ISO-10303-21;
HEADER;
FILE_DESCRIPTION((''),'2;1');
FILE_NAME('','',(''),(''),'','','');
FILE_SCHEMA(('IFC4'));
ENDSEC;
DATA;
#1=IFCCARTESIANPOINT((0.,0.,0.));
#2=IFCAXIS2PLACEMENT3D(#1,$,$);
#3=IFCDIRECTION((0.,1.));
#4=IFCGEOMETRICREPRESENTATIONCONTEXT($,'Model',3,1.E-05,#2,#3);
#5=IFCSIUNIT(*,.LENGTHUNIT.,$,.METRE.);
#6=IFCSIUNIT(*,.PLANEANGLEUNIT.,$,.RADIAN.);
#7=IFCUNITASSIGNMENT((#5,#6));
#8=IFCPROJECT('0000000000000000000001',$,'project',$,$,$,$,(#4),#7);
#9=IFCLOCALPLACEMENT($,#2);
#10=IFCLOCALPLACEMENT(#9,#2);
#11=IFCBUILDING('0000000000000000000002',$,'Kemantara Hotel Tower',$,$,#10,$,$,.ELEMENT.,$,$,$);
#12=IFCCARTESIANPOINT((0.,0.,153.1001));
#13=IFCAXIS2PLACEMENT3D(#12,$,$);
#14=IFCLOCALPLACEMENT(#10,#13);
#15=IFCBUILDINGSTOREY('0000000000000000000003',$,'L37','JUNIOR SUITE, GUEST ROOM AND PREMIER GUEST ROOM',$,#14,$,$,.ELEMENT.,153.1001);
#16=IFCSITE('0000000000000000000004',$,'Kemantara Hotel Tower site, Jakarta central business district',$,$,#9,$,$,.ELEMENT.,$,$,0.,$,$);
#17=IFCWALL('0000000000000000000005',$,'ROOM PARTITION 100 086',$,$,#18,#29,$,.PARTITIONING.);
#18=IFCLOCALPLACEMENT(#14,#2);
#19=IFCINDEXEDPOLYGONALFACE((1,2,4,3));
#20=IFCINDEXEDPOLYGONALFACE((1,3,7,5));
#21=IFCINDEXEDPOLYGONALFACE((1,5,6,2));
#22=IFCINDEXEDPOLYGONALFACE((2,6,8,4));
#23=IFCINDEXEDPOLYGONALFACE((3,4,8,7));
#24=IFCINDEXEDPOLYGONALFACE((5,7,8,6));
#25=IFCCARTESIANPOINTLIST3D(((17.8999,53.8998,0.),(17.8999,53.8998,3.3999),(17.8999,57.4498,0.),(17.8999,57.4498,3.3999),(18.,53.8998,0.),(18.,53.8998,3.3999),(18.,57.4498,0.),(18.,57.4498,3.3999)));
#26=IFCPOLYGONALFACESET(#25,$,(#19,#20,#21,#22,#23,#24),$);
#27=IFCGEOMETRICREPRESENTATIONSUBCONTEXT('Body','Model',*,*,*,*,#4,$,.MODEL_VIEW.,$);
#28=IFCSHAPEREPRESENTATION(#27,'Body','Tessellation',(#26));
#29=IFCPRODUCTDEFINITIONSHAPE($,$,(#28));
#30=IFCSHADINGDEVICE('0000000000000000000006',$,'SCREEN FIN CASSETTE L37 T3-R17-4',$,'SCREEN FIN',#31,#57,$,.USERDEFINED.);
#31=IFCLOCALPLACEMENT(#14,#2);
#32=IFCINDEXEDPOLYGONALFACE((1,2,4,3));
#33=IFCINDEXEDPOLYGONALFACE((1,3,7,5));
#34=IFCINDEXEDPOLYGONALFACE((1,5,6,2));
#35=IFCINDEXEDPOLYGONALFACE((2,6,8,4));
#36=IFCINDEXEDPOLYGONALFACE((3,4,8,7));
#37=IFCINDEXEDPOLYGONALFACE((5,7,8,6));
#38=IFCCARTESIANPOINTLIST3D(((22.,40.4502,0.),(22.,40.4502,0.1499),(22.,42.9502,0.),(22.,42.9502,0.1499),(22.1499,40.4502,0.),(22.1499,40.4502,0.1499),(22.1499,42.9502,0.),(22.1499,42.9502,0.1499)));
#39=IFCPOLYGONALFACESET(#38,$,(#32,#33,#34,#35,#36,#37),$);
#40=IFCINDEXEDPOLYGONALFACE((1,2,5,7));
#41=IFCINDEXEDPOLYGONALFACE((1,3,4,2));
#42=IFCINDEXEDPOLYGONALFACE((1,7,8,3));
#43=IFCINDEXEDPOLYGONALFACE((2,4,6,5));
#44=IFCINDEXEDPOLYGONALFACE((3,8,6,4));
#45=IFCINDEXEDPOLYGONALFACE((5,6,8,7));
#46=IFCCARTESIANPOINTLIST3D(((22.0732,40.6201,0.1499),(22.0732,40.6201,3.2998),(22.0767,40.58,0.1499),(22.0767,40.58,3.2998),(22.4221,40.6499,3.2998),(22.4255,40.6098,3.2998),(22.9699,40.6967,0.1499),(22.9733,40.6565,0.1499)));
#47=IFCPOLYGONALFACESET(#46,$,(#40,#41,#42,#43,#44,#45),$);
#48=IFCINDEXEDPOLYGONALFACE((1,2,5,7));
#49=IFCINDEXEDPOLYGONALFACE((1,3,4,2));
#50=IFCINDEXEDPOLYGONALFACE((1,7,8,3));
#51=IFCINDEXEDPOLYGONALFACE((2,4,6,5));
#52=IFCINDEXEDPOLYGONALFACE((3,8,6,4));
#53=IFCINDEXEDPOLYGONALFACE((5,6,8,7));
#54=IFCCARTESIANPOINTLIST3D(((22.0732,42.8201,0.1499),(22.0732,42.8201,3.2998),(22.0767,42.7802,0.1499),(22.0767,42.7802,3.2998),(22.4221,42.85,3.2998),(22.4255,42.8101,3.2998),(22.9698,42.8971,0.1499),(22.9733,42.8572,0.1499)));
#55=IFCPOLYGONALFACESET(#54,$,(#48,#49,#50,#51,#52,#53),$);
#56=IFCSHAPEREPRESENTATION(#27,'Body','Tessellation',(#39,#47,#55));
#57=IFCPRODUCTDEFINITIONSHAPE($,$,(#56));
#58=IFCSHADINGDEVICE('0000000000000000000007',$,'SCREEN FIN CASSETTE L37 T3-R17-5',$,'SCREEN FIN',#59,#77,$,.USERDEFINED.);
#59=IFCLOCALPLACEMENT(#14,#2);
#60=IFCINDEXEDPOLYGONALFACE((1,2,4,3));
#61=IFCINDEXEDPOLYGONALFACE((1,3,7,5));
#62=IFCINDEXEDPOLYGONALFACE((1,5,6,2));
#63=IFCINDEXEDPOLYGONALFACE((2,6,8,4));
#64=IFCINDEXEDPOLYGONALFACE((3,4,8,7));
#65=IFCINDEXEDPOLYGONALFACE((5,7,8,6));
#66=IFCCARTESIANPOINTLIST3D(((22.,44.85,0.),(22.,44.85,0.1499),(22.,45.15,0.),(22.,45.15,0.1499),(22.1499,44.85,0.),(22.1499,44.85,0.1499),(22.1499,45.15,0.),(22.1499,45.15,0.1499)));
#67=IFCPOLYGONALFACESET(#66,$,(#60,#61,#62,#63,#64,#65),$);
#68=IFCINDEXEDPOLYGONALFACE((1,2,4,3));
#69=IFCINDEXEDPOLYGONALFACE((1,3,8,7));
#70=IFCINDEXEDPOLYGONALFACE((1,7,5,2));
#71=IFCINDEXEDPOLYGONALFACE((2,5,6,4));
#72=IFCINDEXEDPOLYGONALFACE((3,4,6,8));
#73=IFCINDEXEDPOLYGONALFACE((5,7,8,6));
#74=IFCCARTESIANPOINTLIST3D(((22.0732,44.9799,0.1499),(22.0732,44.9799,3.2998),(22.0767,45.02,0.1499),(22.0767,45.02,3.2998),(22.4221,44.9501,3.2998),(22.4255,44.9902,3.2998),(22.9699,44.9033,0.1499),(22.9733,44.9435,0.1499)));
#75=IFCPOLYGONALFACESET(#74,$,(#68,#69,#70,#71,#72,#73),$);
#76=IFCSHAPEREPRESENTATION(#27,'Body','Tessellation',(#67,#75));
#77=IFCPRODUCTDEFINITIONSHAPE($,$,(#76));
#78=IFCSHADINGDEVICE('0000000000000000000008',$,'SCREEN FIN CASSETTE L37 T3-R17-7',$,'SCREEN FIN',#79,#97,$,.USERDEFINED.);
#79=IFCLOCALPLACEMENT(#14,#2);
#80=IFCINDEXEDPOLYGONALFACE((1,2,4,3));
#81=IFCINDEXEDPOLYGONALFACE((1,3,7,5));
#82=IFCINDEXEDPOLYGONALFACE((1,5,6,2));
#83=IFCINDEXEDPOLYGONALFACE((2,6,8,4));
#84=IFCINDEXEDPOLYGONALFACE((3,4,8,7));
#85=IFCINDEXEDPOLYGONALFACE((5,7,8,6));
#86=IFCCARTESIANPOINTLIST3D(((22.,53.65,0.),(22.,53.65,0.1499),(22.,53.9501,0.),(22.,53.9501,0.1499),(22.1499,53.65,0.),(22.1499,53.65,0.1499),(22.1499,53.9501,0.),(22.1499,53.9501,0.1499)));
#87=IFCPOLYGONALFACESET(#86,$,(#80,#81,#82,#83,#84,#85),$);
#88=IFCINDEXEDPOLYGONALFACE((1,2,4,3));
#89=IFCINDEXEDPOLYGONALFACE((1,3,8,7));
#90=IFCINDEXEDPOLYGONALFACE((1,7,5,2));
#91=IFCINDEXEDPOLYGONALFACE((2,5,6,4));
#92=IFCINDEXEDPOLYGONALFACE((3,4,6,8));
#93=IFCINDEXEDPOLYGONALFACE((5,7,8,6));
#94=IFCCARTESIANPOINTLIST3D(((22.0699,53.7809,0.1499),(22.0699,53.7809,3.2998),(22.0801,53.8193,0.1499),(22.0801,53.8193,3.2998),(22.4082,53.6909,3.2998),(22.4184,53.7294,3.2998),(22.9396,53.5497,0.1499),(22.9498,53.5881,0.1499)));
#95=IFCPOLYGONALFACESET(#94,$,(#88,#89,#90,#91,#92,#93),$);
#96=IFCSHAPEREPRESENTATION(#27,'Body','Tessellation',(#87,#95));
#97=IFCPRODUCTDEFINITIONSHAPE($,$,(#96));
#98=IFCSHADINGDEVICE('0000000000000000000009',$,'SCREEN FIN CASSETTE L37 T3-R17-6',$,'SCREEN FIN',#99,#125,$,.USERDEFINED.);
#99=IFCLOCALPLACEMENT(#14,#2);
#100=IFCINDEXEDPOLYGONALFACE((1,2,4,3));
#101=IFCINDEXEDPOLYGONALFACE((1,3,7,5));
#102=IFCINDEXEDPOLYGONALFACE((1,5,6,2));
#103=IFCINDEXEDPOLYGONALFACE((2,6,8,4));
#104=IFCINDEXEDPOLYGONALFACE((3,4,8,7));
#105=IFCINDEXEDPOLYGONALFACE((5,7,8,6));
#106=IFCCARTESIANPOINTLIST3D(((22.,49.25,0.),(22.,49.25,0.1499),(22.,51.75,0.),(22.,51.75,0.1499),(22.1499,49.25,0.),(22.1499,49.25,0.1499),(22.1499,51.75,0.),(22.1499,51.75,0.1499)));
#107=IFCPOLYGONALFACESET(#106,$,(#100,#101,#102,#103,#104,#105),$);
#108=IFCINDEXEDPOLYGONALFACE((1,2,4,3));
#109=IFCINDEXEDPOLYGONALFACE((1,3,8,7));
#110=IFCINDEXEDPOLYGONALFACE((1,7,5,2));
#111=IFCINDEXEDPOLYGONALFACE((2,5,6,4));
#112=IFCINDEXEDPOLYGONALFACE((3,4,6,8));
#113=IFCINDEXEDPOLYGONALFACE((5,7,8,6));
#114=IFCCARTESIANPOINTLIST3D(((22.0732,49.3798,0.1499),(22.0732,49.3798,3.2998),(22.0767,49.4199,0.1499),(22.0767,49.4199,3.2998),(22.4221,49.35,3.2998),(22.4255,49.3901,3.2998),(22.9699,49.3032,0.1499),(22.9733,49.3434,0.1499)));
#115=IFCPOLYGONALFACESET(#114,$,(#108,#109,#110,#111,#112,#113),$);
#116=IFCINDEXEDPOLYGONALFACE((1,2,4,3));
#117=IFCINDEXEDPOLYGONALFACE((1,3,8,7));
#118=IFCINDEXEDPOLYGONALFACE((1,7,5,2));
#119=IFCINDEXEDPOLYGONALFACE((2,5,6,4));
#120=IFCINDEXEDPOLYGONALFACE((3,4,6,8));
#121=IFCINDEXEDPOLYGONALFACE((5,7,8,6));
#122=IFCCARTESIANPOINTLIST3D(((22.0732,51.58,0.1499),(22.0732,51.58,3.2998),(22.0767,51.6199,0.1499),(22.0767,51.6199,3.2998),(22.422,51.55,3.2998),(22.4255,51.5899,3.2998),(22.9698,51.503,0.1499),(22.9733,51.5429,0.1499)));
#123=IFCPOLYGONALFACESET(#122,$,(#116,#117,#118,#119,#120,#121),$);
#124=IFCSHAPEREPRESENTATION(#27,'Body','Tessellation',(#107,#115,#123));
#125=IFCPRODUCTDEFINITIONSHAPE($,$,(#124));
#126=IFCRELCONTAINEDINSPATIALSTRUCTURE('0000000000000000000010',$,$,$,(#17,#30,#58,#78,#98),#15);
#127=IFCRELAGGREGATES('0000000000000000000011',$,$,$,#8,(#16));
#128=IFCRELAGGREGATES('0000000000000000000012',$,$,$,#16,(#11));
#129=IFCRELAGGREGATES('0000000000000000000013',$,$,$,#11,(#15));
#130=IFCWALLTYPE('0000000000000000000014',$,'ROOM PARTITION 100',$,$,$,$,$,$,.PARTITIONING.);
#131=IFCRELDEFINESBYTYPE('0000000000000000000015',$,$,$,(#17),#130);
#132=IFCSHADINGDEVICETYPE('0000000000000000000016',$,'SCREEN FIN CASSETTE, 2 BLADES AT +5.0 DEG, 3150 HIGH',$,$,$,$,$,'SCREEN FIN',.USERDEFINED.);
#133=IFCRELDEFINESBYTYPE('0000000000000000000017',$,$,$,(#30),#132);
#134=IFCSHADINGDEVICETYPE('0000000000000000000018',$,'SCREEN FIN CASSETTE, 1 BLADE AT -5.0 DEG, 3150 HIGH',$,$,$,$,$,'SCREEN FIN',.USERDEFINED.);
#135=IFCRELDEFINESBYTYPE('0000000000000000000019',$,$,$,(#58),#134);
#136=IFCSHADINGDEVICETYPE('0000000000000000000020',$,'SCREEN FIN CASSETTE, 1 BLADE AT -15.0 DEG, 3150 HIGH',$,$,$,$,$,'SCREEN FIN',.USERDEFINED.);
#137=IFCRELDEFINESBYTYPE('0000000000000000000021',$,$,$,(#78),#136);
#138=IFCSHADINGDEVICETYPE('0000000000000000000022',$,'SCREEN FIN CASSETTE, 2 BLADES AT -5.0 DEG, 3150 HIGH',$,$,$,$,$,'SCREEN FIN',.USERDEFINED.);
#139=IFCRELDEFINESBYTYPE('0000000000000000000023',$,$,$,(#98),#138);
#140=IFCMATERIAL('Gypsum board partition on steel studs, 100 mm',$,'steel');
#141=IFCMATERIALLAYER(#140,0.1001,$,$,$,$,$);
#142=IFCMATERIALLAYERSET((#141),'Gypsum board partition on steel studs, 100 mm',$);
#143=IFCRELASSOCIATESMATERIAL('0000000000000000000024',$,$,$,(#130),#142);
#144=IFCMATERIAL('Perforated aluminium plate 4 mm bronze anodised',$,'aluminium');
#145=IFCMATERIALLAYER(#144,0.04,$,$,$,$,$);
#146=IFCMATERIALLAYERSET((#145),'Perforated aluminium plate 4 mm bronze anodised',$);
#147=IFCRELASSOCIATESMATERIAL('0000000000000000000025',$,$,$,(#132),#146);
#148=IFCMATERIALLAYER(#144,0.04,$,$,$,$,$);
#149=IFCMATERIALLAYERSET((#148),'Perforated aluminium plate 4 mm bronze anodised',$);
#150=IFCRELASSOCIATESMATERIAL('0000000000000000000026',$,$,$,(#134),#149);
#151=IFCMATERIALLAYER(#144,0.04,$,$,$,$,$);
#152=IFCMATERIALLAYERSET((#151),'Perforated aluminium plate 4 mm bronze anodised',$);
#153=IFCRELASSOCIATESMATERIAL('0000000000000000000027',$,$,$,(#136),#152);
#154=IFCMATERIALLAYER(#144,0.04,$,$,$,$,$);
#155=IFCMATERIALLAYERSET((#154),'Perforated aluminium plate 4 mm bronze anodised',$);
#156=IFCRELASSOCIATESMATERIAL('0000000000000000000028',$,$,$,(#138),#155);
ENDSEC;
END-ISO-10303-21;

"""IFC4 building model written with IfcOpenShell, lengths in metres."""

from ifc_helpers import new_model, si_unit, direction, frame, frame_2d, origin, origin_2d, place, context, subcontext, project, spatial, polyline, rectangle, outline, extrude, source, transform, mapped, material, layer, layer_set, type_object, element, save


model = new_model("IFC4")

# Units and contexts
model_context = context("Model", 3, precision=1e-05, world=origin(), true_north=direction((0.0, 1.0)))
body_context = subcontext(model_context, "Body", "Model", "MODEL_VIEW")
ifc_project = project(units=[si_unit("LENGTHUNIT", "METRE"), si_unit("PLANEANGLEUNIT", "RADIAN")], contexts=[model_context])

# Site, building, storey
site_placement = place(None, origin())
site = spatial("IfcSite", under=ifc_project, at=site_placement, Name="Kemantara Hotel Tower site, Jakarta central business district", CompositionType="ELEMENT", RefElevation=0.0)
building_placement = place(site_placement, origin())
building = spatial("IfcBuilding", under=site, at=building_placement, Name="Kemantara Hotel Tower", CompositionType="ELEMENT")
storey_placement = place(building_placement, frame((0.0, 0.0, 153.1001)))
storey = spatial("IfcBuildingStorey", under=building, at=storey_placement, Name="L37", Description="JUNIOR SUITE, GUEST ROOM AND PREMIER GUEST ROOM", CompositionType="ELEMENT", Elevation=153.1001)

# Wall
ifc_material_1 = material(Name="Gypsum board partition on steel studs, 100 mm", Category="steel")
ifc_layer_1 = layer(ifc_material_1, 0.1001)
ifc_layer_set_1 = layer_set([ifc_layer_1], Name="Gypsum board partition on steel studs, 100 mm")
wall_type_1 = type_object("IfcWallType", Name="ROOM PARTITION 100", PredefinedType="PARTITIONING", material=ifc_layer_set_1)
wall_1_placement = place(storey_placement, frame((17.95, 53.8999, 0.0), z_axis=(0.0, 0.0, 1.0), x_axis=(0.0, 1.0, 0.0)))
element("IfcWall", 1, at=wall_1_placement, inside=storey, type_object=wall_type_1, Name="ROOM PARTITION 100 086", PredefinedType="PARTITIONING", context=body_context, shape_type="SweptSolid", body=[
    extrude(rectangle(XDim=3.55, YDim=0.1001, at=frame_2d((1.7749, 0.0))), origin(), (0.0, 0.0, 1.0), 3.3999),
])

# Shading devices
ifc_material_2 = material(Name="Perforated aluminium plate 4 mm bronze anodised", Category="aluminium")
ifc_layer_2 = layer(ifc_material_2, 0.04)
ifc_layer_set_2 = layer_set([ifc_layer_2], Name="Perforated aluminium plate 4 mm bronze anodised")
shading_device_type_1 = type_object("IfcShadingDeviceType", Name="SCREEN FIN CASSETTE, 2 BLADES AT +5.0 DEG, 3150 HIGH", ElementType="SCREEN FIN", PredefinedType="USERDEFINED", material=ifc_layer_set_2)
shared_shape_1 = source(origin(), body_context, "Body", "SweptSolid", [
    extrude(rectangle(XDim=2.5, YDim=0.1499, at=origin_2d()), frame((1.1001, -0.075, -0.1499), z_axis=(0.0, 0.0, 1.0), x_axis=(1.0, 0.0, 0.0)), (0.0, 0.0, 1.0), 0.1499),
    extrude(outline(polyline([(0.0, 0.0), (0.8999, 0.0), (0.3501, 3.1499), (0.0, 3.1499), (0.0, 0.0)])), frame((0.02, -0.0732, 0.0), z_axis=(-0.996376, -0.085056, 0.0), x_axis=(0.085056, -0.996376, 0.0)), (0.0, 0.0, 1.0), 0.0403),
    extrude(outline(polyline([(0.0, 0.0), (0.8999, 0.0), (0.3501, 3.1499), (0.0, 3.1499), (0.0, 0.0)])), frame((2.22, -0.0732, 0.0), z_axis=(-0.996332, -0.085575, 0.0), x_axis=(0.085575, -0.996332, 0.0)), (0.0, 0.0, 1.0), 0.04),
])
shading_device_1_placement = place(storey_placement, frame((22.0, 40.6001, 0.1499), z_axis=(0.0, 0.0, 1.0), x_axis=(0.0, 1.0, 0.0)))
element("IfcShadingDevice", 2, at=shading_device_1_placement, inside=storey, type_object=shading_device_type_1, Name="SCREEN FIN CASSETTE L37 T3-R17-4", ObjectType="SCREEN FIN", PredefinedType="USERDEFINED", context=body_context, shape_type="MappedRepresentation", body=[
    mapped(shared_shape_1, transform((0.0, 0.0, 0.0))),
])
ifc_layer_3 = layer(ifc_material_2, 0.04)
ifc_layer_set_3 = layer_set([ifc_layer_3], Name="Perforated aluminium plate 4 mm bronze anodised")
shading_device_type_2 = type_object("IfcShadingDeviceType", Name="SCREEN FIN CASSETTE, 1 BLADE AT -5.0 DEG, 3150 HIGH", ElementType="SCREEN FIN", PredefinedType="USERDEFINED", material=ifc_layer_set_3)
shared_shape_2 = source(origin(), body_context, "Body", "SweptSolid", [
    extrude(rectangle(XDim=0.3, YDim=0.1499, at=origin_2d()), frame((0.0, -0.075, -0.1499), z_axis=(0.0, 0.0, 1.0), x_axis=(1.0, 0.0, 0.0)), (0.0, 0.0, 1.0), 0.1499),
    extrude(outline(polyline([(0.0, 0.0), (0.8999, 0.0), (0.3501, 3.1499), (0.0, 3.1499), (0.0, 0.0)])), frame((0.02, -0.0767, 0.0), z_axis=(-0.996376, 0.085056, 0.0), x_axis=(-0.085056, -0.996376, 0.0)), (0.0, 0.0, 1.0), 0.0403),
])
shading_device_2_placement = place(storey_placement, frame((22.0, 45.0, 0.1499), z_axis=(0.0, 0.0, 1.0), x_axis=(0.0, 1.0, 0.0)))
element("IfcShadingDevice", 3, at=shading_device_2_placement, inside=storey, type_object=shading_device_type_2, Name="SCREEN FIN CASSETTE L37 T3-R17-5", ObjectType="SCREEN FIN", PredefinedType="USERDEFINED", context=body_context, shape_type="MappedRepresentation", body=[
    mapped(shared_shape_2, transform((0.0, 0.0, 0.0))),
])
ifc_layer_4 = layer(ifc_material_2, 0.04)
ifc_layer_set_4 = layer_set([ifc_layer_4], Name="Perforated aluminium plate 4 mm bronze anodised")
shading_device_type_3 = type_object("IfcShadingDeviceType", Name="SCREEN FIN CASSETTE, 1 BLADE AT -15.0 DEG, 3150 HIGH", ElementType="SCREEN FIN", PredefinedType="USERDEFINED", material=ifc_layer_set_4)
shared_shape_3 = source(origin(), body_context, "Body", "SweptSolid", [
    extrude(rectangle(XDim=0.3, YDim=0.1499, at=origin_2d()), frame((0.0, -0.075, -0.1499), z_axis=(0.0, 0.0, 1.0), x_axis=(1.0, 0.0, 0.0)), (0.0, 0.0, 1.0), 0.1499),
    extrude(outline(polyline([(0.0, 0.0), (0.8999, 0.0), (0.3501, 3.1499), (0.0, 3.1499), (0.0, 0.0)])), frame((0.0193, -0.0801, 0.0), z_axis=(-0.966438, 0.256901, 0.0), x_axis=(-0.256901, -0.966438, 0.0)), (0.0, 0.0, 1.0), 0.0398),
])
shading_device_3_placement = place(storey_placement, frame((22.0, 53.8, 0.1499), z_axis=(0.0, 0.0, 1.0), x_axis=(0.0, 1.0, 0.0)))
element("IfcShadingDevice", 4, at=shading_device_3_placement, inside=storey, type_object=shading_device_type_3, Name="SCREEN FIN CASSETTE L37 T3-R17-7", ObjectType="SCREEN FIN", PredefinedType="USERDEFINED", context=body_context, shape_type="MappedRepresentation", body=[
    mapped(shared_shape_3, transform((0.0, 0.0, 0.0))),
])
ifc_layer_5 = layer(ifc_material_2, 0.04)
ifc_layer_set_5 = layer_set([ifc_layer_5], Name="Perforated aluminium plate 4 mm bronze anodised")
shading_device_type_4 = type_object("IfcShadingDeviceType", Name="SCREEN FIN CASSETTE, 2 BLADES AT -5.0 DEG, 3150 HIGH", ElementType="SCREEN FIN", PredefinedType="USERDEFINED", material=ifc_layer_set_5)
shared_shape_4 = source(origin(), body_context, "Body", "SweptSolid", [
    extrude(rectangle(XDim=2.5, YDim=0.1499, at=origin_2d()), frame((1.1001, -0.075, -0.1499), z_axis=(0.0, 0.0, 1.0), x_axis=(1.0, 0.0, 0.0)), (0.0, 0.0, 1.0), 0.1499),
    extrude(outline(polyline([(0.0, 0.0), (0.8999, 0.0), (0.3501, 3.1499), (0.0, 3.1499), (0.0, 0.0)])), frame((0.02, -0.0767, 0.0), z_axis=(-0.996376, 0.085056, 0.0), x_axis=(-0.085056, -0.996376, 0.0)), (0.0, 0.0, 1.0), 0.0403),
    extrude(outline(polyline([(0.0, 0.0), (0.8999, 0.0), (0.3501, 3.1499), (0.0, 3.1499), (0.0, 0.0)])), frame((2.22, -0.0767, 0.0), z_axis=(-0.996332, 0.085575, 0.0), x_axis=(-0.085575, -0.996332, 0.0)), (0.0, 0.0, 1.0), 0.04),
])
shading_device_4_placement = place(storey_placement, frame((22.0, 49.3999, 0.1499), z_axis=(0.0, 0.0, 1.0), x_axis=(0.0, 1.0, 0.0)))
element("IfcShadingDevice", 5, at=shading_device_4_placement, inside=storey, type_object=shading_device_type_4, Name="SCREEN FIN CASSETTE L37 T3-R17-6", ObjectType="SCREEN FIN", PredefinedType="USERDEFINED", context=body_context, shape_type="MappedRepresentation", body=[
    mapped(shared_shape_4, transform((0.0, 0.0, 0.0))),
])

save(model, "model.ifc")
